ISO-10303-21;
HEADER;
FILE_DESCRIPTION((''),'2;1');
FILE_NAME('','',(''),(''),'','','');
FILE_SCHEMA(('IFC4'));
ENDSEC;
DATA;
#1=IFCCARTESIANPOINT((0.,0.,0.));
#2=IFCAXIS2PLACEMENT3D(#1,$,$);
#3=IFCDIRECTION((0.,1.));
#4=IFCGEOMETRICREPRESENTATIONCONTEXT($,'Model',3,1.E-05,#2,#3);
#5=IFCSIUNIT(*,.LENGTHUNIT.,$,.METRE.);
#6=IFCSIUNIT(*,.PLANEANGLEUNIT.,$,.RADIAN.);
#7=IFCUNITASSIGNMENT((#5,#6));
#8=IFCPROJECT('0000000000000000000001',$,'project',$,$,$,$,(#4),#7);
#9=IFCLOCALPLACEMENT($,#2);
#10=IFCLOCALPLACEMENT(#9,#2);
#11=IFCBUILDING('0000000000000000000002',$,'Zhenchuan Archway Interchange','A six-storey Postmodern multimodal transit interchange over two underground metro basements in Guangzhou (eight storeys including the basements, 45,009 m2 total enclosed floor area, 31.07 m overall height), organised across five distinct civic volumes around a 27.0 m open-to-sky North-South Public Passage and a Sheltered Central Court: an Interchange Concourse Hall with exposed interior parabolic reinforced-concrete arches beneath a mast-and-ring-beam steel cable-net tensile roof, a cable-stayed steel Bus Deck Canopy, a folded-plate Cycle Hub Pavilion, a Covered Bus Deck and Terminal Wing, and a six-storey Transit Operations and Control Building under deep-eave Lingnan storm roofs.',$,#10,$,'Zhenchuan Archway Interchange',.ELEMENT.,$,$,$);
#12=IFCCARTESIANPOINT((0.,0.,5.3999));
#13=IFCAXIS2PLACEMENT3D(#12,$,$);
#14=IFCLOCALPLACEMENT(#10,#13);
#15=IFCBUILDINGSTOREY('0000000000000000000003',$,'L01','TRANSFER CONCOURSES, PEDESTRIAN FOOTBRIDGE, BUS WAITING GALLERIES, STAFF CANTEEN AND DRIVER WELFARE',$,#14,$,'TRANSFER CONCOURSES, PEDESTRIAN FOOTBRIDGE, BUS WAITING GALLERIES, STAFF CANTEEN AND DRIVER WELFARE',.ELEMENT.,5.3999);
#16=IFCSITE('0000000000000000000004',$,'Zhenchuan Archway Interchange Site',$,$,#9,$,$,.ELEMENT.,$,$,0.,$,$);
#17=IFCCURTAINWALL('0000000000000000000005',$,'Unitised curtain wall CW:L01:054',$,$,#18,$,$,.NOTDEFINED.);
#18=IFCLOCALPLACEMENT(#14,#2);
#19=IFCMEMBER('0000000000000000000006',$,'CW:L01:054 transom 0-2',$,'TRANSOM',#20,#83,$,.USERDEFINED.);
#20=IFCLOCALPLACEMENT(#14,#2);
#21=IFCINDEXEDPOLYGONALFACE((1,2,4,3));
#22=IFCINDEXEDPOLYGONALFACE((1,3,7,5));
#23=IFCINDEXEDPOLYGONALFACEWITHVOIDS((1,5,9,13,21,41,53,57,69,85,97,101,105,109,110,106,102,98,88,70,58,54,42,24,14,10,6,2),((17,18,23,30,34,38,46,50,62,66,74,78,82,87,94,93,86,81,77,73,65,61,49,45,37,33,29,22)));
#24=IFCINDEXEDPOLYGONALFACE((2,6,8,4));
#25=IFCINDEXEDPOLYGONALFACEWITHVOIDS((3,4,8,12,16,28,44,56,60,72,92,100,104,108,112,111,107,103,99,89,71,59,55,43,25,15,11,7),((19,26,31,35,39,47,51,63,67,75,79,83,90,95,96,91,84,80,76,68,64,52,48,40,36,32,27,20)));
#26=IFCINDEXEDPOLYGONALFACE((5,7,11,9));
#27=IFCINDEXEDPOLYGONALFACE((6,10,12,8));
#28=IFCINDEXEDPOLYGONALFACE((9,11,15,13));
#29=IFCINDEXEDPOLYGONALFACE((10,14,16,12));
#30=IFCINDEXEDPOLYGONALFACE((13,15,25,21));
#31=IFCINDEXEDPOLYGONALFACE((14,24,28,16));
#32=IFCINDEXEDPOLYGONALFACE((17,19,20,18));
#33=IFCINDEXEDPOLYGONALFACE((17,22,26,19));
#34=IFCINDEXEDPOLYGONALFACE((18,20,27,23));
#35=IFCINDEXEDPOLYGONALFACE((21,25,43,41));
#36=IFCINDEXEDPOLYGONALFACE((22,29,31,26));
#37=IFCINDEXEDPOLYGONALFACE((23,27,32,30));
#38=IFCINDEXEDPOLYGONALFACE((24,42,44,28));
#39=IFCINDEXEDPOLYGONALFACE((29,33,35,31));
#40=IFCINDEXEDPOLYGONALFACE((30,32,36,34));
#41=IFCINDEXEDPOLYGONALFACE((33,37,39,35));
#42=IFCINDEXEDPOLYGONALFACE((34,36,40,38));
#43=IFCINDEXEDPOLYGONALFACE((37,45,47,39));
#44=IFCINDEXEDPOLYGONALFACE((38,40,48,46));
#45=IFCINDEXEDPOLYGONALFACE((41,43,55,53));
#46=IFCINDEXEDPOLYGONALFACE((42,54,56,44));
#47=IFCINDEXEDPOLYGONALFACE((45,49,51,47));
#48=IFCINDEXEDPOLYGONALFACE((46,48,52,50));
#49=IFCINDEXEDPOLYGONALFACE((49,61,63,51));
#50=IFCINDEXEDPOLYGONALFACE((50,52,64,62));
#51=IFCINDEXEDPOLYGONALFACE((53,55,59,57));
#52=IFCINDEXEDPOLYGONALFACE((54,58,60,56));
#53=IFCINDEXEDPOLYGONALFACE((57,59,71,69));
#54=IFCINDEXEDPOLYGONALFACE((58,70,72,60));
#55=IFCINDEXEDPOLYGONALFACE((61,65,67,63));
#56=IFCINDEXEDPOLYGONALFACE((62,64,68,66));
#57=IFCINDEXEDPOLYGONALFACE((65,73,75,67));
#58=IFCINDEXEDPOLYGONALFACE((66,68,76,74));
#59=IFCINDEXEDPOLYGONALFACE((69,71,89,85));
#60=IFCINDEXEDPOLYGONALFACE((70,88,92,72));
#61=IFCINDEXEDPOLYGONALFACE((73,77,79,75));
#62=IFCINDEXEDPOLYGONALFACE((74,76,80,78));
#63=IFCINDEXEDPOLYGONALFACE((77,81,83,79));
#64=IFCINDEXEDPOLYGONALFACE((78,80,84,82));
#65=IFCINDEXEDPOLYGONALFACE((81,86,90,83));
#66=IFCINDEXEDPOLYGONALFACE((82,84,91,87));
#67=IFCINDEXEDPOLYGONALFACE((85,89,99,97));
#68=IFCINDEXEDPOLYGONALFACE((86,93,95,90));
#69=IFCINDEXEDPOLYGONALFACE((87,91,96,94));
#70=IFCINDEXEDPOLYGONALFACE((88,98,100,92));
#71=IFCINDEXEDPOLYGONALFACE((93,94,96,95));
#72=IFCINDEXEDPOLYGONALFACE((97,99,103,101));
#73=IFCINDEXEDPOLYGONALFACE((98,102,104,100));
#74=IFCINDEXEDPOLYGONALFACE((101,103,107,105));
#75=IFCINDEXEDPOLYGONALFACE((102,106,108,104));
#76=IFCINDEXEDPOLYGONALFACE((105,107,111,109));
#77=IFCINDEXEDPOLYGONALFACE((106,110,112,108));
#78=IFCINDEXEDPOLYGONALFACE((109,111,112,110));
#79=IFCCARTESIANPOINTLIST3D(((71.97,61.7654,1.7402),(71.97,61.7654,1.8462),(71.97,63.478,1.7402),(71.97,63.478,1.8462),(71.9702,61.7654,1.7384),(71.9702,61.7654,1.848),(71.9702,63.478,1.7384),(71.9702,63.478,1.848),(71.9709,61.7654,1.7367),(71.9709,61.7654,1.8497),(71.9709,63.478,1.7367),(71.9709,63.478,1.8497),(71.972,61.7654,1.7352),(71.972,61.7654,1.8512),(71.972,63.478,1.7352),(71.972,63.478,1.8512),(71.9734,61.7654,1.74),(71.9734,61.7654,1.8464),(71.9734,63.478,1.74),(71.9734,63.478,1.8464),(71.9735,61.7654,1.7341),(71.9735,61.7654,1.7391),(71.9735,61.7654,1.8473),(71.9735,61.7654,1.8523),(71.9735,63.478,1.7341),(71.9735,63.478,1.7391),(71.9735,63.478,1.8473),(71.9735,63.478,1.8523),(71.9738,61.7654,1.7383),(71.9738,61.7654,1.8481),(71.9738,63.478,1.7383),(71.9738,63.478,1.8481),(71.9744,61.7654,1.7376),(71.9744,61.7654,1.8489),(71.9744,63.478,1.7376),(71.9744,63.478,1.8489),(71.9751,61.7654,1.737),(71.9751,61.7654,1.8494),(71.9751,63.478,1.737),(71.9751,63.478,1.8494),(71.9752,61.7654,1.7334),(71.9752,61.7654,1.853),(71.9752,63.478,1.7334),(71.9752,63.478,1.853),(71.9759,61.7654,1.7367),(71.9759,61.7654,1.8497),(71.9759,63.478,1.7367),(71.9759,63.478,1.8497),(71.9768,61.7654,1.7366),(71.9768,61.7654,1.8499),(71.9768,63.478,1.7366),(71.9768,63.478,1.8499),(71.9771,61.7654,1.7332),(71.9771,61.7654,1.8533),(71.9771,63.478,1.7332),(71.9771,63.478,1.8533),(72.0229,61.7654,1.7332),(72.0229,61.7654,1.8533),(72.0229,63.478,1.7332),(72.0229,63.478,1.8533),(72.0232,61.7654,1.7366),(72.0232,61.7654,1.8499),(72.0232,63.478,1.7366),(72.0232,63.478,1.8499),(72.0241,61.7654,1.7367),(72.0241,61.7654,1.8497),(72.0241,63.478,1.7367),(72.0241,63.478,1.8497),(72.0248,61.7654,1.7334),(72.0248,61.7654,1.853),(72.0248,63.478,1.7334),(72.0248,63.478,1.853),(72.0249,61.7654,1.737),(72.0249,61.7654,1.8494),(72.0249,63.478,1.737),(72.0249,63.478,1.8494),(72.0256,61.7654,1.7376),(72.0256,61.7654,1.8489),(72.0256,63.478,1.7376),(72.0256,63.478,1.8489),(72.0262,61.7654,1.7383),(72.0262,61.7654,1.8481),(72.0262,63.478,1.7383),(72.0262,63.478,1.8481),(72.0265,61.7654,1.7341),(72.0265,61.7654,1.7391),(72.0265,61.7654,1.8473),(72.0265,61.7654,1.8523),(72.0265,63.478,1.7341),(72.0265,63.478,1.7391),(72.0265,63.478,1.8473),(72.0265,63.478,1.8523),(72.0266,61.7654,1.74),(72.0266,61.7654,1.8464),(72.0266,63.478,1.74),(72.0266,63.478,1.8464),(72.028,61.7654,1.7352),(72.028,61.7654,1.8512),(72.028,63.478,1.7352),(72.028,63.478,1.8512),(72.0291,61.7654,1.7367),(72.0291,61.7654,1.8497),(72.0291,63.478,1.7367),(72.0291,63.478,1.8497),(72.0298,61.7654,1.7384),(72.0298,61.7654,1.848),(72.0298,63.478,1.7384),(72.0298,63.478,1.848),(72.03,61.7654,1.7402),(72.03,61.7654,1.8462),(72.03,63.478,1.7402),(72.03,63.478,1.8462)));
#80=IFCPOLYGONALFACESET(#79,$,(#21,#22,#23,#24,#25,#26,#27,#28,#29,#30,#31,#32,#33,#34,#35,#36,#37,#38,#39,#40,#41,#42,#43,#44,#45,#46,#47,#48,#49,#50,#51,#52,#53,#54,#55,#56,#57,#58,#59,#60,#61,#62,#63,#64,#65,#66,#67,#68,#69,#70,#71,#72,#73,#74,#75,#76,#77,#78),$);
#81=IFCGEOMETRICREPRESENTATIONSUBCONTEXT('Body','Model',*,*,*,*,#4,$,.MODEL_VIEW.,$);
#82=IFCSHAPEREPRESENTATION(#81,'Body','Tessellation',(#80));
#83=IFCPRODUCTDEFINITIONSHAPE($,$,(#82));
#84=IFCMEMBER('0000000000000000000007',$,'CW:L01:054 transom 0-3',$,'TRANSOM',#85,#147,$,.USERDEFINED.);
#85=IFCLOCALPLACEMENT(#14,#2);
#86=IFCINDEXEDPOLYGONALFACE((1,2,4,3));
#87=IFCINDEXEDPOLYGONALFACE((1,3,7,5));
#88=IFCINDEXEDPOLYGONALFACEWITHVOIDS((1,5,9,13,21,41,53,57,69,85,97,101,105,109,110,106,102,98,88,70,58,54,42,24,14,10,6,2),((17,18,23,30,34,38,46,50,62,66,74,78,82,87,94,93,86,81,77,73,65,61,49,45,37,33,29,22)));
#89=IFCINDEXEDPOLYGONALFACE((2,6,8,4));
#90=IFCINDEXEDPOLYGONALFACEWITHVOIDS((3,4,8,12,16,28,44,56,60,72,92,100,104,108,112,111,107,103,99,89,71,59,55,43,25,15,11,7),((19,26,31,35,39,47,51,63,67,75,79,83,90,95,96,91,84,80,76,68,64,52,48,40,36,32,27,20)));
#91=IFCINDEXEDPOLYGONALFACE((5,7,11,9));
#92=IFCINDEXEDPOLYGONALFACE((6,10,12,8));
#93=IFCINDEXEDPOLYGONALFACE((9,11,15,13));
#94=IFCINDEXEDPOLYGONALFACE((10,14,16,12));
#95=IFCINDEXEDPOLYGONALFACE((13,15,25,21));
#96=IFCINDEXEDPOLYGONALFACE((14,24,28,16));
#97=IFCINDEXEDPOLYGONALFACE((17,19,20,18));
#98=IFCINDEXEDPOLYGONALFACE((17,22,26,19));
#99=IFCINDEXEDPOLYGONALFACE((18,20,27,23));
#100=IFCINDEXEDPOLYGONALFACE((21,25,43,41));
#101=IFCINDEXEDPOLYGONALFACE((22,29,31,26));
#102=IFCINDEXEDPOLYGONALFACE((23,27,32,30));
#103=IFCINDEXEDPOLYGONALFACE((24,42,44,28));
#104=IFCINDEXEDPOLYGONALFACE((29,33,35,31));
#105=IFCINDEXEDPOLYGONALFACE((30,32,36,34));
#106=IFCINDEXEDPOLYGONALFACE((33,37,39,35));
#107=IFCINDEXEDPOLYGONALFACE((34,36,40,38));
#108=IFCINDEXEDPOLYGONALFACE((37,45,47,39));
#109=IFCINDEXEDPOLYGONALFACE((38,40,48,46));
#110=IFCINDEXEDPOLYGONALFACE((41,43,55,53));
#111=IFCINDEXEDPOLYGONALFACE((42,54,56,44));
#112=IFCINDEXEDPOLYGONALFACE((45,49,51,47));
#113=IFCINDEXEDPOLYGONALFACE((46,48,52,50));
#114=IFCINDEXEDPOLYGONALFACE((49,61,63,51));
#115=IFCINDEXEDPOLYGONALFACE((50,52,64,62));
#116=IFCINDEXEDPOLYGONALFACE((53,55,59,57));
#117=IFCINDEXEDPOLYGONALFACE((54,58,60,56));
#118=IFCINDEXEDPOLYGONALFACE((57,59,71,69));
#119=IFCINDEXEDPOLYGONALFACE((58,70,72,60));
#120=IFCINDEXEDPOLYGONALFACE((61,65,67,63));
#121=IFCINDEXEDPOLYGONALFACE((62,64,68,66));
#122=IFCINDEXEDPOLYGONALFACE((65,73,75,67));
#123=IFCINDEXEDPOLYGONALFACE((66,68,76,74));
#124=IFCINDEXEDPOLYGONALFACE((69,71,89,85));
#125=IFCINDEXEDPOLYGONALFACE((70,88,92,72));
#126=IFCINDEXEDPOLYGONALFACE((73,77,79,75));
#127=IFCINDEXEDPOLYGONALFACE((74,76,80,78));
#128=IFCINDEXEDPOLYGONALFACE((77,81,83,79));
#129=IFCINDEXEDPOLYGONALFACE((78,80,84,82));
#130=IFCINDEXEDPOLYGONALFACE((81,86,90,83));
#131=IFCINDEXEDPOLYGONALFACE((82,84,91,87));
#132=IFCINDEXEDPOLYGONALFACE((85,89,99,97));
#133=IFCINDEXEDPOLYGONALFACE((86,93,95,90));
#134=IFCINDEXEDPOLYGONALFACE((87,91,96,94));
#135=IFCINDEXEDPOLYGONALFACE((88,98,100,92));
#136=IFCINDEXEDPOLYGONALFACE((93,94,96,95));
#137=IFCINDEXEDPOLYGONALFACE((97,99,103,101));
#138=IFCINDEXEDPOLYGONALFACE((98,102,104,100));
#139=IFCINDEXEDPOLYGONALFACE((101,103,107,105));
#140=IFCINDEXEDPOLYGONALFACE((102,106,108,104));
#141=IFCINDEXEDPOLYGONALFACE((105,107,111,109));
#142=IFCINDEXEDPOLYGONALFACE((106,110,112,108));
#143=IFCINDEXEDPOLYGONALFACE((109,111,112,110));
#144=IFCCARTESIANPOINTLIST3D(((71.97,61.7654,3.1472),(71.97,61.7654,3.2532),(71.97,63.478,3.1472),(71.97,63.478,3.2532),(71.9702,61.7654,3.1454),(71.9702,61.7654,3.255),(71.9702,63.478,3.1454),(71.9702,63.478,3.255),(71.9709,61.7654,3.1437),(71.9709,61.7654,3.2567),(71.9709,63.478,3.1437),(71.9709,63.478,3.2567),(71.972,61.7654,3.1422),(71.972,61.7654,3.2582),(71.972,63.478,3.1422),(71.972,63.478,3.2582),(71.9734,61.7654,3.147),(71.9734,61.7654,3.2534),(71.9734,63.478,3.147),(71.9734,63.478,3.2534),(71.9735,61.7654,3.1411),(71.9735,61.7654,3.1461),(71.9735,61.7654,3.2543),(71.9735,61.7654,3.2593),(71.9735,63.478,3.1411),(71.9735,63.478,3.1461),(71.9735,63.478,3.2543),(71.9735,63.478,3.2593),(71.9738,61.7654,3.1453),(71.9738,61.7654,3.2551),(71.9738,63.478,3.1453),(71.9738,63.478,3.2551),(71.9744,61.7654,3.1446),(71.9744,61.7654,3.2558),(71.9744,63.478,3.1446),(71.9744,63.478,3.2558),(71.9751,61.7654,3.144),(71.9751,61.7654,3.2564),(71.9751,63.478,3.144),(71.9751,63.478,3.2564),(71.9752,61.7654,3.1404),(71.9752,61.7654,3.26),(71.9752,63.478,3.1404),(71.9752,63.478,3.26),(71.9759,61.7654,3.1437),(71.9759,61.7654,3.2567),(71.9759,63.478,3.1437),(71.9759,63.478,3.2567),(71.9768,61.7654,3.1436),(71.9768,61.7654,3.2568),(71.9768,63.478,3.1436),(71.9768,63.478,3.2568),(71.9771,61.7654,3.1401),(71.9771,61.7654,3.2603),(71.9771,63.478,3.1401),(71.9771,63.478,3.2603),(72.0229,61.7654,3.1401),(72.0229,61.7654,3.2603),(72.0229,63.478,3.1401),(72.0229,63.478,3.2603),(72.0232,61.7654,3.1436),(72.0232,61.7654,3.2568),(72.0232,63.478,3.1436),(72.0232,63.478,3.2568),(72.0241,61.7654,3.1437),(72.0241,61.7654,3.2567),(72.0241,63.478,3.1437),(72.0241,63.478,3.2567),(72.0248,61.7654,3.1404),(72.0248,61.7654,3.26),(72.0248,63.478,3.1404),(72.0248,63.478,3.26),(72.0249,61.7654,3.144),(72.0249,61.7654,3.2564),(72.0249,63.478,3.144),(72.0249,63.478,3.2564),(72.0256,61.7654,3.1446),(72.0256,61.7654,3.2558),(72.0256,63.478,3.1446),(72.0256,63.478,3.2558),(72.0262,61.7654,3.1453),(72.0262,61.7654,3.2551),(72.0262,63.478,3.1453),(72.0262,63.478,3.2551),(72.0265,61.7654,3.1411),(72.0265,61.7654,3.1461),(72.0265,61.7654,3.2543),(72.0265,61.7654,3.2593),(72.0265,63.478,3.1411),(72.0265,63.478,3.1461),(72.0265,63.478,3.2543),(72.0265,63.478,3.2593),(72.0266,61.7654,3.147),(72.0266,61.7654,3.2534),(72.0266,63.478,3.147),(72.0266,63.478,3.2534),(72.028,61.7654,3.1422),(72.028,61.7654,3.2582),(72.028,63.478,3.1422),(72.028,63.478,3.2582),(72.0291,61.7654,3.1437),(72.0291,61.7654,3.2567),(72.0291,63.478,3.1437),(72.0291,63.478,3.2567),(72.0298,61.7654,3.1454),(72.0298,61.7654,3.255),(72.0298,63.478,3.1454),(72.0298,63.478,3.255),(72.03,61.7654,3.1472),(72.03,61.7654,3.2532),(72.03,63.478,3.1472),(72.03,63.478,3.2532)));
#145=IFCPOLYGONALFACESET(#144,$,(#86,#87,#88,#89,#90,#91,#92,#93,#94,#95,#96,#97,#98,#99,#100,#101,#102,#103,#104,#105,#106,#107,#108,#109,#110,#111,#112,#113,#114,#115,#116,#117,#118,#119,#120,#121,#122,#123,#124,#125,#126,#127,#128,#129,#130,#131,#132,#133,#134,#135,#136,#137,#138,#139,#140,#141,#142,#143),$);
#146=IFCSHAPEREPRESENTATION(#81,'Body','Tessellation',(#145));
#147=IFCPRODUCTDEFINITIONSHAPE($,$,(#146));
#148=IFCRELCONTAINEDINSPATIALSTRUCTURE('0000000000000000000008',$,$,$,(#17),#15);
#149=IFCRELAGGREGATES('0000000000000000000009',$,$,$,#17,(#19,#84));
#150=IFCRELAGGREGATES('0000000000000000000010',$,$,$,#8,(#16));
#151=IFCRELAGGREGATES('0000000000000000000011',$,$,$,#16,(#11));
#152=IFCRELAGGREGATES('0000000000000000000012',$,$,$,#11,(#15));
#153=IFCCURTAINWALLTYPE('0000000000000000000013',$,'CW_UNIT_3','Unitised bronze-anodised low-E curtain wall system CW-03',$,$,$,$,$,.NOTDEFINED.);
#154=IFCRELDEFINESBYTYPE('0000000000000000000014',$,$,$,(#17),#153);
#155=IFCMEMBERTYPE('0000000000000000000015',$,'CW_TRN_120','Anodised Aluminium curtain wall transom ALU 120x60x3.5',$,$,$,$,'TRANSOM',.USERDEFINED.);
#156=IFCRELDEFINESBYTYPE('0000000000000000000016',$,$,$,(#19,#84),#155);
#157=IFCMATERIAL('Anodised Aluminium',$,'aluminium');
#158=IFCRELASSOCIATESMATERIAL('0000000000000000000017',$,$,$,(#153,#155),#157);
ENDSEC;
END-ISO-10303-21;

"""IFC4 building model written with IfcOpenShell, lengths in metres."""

from ifc_helpers import new_model, si_unit, direction, frame, origin, origin_2d, place, context, subcontext, project, spatial, hollow_rectangle, extrude, material, material_profile, profile_set, type_object, element, aggregate, save


model = new_model("IFC4")

# Units and contexts
model_context = context("Model", 3, precision=1e-05, world=origin(), true_north=direction((0.0, 1.0)))
body_context = subcontext(model_context, "Body", "Model", "MODEL_VIEW")
ifc_project = project(units=[si_unit("LENGTHUNIT", "METRE"), si_unit("PLANEANGLEUNIT", "RADIAN")], contexts=[model_context])

# Site, building, storey
site_placement = place(None, origin())
site = spatial("IfcSite", under=ifc_project, at=site_placement, Name="Zhenchuan Archway Interchange Site", CompositionType="ELEMENT", RefElevation=0.0)
building_placement = place(site_placement, origin())
building = spatial("IfcBuilding", under=site, at=building_placement, Name="Zhenchuan Archway Interchange", Description="A six-storey Postmodern multimodal transit interchange over two underground metro basements in Guangzhou (eight storeys including the basements, 45,009 m2 total enclosed floor area, 31.07 m overall height), organised across five distinct civic volumes around a 27.0 m open-to-sky North-South Public Passage and a Sheltered Central Court: an Interchange Concourse Hall with exposed interior parabolic reinforced-concrete arches beneath a mast-and-ring-beam steel cable-net tensile roof, a cable-stayed steel Bus Deck Canopy, a folded-plate Cycle Hub Pavilion, a Covered Bus Deck and Terminal Wing, and a six-storey Transit Operations and Control Building under deep-eave Lingnan storm roofs.", LongName="Zhenchuan Archway Interchange", CompositionType="ELEMENT")
storey_placement = place(building_placement, frame((0.0, 0.0, 5.3999)))
storey = spatial("IfcBuildingStorey", under=building, at=storey_placement, Name="L01", Description="TRANSFER CONCOURSES, PEDESTRIAN FOOTBRIDGE, BUS WAITING GALLERIES, STAFF CANTEEN AND DRIVER WELFARE", LongName="TRANSFER CONCOURSES, PEDESTRIAN FOOTBRIDGE, BUS WAITING GALLERIES, STAFF CANTEEN AND DRIVER WELFARE", CompositionType="ELEMENT", Elevation=5.3999)

# Shared definitions
ifc_material_1 = material(Name="Anodised Aluminium", Category="aluminium")

# Curtain wall, members
curtain_wall_type_1 = type_object("IfcCurtainWallType", Name="CW_UNIT_3", Description="Unitised bronze-anodised low-E curtain wall system CW-03", PredefinedType="NOTDEFINED", material=ifc_material_1)
curtain_wall_1_placement = place(storey_placement, origin())
curtain_wall_1 = element("IfcCurtainWall", 1, at=curtain_wall_1_placement, inside=storey, type_object=curtain_wall_type_1, Name="Unitised curtain wall CW:L01:054", PredefinedType="NOTDEFINED")
ifc_material_profile_1 = material_profile(ifc_material_1, hollow_rectangle(XDim=0.0601, YDim=0.1201, WallThickness=0.0034, InnerFilletRadius=0.0034, OuterFilletRadius=0.0071, at=origin_2d()), Name="ALU 120x60x3.5")
ifc_profile_set_1 = profile_set([ifc_material_profile_1], Name="Anodised Aluminium")
member_type_1 = type_object("IfcMemberType", Name="CW_TRN_120", Description="Anodised Aluminium curtain wall transom ALU 120x60x3.5", ElementType="TRANSOM", PredefinedType="USERDEFINED", material=ifc_profile_set_1)
member_1_placement = place(storey_placement, frame((72.0, 63.478, 1.7932), z_axis=(0.0, -1.0, 0.0), x_axis=(1.0, 0.0, 0.0)))
member_1 = element("IfcMember", 2, at=member_1_placement, type_object=member_type_1, Name="CW:L01:054 transom 0-2", ObjectType="TRANSOM", PredefinedType="USERDEFINED", context=body_context, shape_type="SweptSolid", body=[
    extrude(hollow_rectangle(XDim=0.0601, YDim=0.1201, WallThickness=0.0034, InnerFilletRadius=0.0034, OuterFilletRadius=0.0071, at=origin_2d()), origin(), (0.0, 0.0, 1.0), 1.7126),
])
member_2_placement = place(storey_placement, frame((72.0, 63.478, 3.2002), z_axis=(0.0, -1.0, 0.0), x_axis=(1.0, 0.0, 0.0)))
member_2 = element("IfcMember", 3, at=member_2_placement, type_object=member_type_1, Name="CW:L01:054 transom 0-3", ObjectType="TRANSOM", PredefinedType="USERDEFINED", context=body_context, shape_type="SweptSolid", body=[
    extrude(hollow_rectangle(XDim=0.0601, YDim=0.1201, WallThickness=0.0034, InnerFilletRadius=0.0034, OuterFilletRadius=0.0071, at=origin_2d()), origin(), (0.0, 0.0, 1.0), 1.7126),
])

aggregate(curtain_wall_1, [member_1, member_2])

save(model, "model.ifc")
